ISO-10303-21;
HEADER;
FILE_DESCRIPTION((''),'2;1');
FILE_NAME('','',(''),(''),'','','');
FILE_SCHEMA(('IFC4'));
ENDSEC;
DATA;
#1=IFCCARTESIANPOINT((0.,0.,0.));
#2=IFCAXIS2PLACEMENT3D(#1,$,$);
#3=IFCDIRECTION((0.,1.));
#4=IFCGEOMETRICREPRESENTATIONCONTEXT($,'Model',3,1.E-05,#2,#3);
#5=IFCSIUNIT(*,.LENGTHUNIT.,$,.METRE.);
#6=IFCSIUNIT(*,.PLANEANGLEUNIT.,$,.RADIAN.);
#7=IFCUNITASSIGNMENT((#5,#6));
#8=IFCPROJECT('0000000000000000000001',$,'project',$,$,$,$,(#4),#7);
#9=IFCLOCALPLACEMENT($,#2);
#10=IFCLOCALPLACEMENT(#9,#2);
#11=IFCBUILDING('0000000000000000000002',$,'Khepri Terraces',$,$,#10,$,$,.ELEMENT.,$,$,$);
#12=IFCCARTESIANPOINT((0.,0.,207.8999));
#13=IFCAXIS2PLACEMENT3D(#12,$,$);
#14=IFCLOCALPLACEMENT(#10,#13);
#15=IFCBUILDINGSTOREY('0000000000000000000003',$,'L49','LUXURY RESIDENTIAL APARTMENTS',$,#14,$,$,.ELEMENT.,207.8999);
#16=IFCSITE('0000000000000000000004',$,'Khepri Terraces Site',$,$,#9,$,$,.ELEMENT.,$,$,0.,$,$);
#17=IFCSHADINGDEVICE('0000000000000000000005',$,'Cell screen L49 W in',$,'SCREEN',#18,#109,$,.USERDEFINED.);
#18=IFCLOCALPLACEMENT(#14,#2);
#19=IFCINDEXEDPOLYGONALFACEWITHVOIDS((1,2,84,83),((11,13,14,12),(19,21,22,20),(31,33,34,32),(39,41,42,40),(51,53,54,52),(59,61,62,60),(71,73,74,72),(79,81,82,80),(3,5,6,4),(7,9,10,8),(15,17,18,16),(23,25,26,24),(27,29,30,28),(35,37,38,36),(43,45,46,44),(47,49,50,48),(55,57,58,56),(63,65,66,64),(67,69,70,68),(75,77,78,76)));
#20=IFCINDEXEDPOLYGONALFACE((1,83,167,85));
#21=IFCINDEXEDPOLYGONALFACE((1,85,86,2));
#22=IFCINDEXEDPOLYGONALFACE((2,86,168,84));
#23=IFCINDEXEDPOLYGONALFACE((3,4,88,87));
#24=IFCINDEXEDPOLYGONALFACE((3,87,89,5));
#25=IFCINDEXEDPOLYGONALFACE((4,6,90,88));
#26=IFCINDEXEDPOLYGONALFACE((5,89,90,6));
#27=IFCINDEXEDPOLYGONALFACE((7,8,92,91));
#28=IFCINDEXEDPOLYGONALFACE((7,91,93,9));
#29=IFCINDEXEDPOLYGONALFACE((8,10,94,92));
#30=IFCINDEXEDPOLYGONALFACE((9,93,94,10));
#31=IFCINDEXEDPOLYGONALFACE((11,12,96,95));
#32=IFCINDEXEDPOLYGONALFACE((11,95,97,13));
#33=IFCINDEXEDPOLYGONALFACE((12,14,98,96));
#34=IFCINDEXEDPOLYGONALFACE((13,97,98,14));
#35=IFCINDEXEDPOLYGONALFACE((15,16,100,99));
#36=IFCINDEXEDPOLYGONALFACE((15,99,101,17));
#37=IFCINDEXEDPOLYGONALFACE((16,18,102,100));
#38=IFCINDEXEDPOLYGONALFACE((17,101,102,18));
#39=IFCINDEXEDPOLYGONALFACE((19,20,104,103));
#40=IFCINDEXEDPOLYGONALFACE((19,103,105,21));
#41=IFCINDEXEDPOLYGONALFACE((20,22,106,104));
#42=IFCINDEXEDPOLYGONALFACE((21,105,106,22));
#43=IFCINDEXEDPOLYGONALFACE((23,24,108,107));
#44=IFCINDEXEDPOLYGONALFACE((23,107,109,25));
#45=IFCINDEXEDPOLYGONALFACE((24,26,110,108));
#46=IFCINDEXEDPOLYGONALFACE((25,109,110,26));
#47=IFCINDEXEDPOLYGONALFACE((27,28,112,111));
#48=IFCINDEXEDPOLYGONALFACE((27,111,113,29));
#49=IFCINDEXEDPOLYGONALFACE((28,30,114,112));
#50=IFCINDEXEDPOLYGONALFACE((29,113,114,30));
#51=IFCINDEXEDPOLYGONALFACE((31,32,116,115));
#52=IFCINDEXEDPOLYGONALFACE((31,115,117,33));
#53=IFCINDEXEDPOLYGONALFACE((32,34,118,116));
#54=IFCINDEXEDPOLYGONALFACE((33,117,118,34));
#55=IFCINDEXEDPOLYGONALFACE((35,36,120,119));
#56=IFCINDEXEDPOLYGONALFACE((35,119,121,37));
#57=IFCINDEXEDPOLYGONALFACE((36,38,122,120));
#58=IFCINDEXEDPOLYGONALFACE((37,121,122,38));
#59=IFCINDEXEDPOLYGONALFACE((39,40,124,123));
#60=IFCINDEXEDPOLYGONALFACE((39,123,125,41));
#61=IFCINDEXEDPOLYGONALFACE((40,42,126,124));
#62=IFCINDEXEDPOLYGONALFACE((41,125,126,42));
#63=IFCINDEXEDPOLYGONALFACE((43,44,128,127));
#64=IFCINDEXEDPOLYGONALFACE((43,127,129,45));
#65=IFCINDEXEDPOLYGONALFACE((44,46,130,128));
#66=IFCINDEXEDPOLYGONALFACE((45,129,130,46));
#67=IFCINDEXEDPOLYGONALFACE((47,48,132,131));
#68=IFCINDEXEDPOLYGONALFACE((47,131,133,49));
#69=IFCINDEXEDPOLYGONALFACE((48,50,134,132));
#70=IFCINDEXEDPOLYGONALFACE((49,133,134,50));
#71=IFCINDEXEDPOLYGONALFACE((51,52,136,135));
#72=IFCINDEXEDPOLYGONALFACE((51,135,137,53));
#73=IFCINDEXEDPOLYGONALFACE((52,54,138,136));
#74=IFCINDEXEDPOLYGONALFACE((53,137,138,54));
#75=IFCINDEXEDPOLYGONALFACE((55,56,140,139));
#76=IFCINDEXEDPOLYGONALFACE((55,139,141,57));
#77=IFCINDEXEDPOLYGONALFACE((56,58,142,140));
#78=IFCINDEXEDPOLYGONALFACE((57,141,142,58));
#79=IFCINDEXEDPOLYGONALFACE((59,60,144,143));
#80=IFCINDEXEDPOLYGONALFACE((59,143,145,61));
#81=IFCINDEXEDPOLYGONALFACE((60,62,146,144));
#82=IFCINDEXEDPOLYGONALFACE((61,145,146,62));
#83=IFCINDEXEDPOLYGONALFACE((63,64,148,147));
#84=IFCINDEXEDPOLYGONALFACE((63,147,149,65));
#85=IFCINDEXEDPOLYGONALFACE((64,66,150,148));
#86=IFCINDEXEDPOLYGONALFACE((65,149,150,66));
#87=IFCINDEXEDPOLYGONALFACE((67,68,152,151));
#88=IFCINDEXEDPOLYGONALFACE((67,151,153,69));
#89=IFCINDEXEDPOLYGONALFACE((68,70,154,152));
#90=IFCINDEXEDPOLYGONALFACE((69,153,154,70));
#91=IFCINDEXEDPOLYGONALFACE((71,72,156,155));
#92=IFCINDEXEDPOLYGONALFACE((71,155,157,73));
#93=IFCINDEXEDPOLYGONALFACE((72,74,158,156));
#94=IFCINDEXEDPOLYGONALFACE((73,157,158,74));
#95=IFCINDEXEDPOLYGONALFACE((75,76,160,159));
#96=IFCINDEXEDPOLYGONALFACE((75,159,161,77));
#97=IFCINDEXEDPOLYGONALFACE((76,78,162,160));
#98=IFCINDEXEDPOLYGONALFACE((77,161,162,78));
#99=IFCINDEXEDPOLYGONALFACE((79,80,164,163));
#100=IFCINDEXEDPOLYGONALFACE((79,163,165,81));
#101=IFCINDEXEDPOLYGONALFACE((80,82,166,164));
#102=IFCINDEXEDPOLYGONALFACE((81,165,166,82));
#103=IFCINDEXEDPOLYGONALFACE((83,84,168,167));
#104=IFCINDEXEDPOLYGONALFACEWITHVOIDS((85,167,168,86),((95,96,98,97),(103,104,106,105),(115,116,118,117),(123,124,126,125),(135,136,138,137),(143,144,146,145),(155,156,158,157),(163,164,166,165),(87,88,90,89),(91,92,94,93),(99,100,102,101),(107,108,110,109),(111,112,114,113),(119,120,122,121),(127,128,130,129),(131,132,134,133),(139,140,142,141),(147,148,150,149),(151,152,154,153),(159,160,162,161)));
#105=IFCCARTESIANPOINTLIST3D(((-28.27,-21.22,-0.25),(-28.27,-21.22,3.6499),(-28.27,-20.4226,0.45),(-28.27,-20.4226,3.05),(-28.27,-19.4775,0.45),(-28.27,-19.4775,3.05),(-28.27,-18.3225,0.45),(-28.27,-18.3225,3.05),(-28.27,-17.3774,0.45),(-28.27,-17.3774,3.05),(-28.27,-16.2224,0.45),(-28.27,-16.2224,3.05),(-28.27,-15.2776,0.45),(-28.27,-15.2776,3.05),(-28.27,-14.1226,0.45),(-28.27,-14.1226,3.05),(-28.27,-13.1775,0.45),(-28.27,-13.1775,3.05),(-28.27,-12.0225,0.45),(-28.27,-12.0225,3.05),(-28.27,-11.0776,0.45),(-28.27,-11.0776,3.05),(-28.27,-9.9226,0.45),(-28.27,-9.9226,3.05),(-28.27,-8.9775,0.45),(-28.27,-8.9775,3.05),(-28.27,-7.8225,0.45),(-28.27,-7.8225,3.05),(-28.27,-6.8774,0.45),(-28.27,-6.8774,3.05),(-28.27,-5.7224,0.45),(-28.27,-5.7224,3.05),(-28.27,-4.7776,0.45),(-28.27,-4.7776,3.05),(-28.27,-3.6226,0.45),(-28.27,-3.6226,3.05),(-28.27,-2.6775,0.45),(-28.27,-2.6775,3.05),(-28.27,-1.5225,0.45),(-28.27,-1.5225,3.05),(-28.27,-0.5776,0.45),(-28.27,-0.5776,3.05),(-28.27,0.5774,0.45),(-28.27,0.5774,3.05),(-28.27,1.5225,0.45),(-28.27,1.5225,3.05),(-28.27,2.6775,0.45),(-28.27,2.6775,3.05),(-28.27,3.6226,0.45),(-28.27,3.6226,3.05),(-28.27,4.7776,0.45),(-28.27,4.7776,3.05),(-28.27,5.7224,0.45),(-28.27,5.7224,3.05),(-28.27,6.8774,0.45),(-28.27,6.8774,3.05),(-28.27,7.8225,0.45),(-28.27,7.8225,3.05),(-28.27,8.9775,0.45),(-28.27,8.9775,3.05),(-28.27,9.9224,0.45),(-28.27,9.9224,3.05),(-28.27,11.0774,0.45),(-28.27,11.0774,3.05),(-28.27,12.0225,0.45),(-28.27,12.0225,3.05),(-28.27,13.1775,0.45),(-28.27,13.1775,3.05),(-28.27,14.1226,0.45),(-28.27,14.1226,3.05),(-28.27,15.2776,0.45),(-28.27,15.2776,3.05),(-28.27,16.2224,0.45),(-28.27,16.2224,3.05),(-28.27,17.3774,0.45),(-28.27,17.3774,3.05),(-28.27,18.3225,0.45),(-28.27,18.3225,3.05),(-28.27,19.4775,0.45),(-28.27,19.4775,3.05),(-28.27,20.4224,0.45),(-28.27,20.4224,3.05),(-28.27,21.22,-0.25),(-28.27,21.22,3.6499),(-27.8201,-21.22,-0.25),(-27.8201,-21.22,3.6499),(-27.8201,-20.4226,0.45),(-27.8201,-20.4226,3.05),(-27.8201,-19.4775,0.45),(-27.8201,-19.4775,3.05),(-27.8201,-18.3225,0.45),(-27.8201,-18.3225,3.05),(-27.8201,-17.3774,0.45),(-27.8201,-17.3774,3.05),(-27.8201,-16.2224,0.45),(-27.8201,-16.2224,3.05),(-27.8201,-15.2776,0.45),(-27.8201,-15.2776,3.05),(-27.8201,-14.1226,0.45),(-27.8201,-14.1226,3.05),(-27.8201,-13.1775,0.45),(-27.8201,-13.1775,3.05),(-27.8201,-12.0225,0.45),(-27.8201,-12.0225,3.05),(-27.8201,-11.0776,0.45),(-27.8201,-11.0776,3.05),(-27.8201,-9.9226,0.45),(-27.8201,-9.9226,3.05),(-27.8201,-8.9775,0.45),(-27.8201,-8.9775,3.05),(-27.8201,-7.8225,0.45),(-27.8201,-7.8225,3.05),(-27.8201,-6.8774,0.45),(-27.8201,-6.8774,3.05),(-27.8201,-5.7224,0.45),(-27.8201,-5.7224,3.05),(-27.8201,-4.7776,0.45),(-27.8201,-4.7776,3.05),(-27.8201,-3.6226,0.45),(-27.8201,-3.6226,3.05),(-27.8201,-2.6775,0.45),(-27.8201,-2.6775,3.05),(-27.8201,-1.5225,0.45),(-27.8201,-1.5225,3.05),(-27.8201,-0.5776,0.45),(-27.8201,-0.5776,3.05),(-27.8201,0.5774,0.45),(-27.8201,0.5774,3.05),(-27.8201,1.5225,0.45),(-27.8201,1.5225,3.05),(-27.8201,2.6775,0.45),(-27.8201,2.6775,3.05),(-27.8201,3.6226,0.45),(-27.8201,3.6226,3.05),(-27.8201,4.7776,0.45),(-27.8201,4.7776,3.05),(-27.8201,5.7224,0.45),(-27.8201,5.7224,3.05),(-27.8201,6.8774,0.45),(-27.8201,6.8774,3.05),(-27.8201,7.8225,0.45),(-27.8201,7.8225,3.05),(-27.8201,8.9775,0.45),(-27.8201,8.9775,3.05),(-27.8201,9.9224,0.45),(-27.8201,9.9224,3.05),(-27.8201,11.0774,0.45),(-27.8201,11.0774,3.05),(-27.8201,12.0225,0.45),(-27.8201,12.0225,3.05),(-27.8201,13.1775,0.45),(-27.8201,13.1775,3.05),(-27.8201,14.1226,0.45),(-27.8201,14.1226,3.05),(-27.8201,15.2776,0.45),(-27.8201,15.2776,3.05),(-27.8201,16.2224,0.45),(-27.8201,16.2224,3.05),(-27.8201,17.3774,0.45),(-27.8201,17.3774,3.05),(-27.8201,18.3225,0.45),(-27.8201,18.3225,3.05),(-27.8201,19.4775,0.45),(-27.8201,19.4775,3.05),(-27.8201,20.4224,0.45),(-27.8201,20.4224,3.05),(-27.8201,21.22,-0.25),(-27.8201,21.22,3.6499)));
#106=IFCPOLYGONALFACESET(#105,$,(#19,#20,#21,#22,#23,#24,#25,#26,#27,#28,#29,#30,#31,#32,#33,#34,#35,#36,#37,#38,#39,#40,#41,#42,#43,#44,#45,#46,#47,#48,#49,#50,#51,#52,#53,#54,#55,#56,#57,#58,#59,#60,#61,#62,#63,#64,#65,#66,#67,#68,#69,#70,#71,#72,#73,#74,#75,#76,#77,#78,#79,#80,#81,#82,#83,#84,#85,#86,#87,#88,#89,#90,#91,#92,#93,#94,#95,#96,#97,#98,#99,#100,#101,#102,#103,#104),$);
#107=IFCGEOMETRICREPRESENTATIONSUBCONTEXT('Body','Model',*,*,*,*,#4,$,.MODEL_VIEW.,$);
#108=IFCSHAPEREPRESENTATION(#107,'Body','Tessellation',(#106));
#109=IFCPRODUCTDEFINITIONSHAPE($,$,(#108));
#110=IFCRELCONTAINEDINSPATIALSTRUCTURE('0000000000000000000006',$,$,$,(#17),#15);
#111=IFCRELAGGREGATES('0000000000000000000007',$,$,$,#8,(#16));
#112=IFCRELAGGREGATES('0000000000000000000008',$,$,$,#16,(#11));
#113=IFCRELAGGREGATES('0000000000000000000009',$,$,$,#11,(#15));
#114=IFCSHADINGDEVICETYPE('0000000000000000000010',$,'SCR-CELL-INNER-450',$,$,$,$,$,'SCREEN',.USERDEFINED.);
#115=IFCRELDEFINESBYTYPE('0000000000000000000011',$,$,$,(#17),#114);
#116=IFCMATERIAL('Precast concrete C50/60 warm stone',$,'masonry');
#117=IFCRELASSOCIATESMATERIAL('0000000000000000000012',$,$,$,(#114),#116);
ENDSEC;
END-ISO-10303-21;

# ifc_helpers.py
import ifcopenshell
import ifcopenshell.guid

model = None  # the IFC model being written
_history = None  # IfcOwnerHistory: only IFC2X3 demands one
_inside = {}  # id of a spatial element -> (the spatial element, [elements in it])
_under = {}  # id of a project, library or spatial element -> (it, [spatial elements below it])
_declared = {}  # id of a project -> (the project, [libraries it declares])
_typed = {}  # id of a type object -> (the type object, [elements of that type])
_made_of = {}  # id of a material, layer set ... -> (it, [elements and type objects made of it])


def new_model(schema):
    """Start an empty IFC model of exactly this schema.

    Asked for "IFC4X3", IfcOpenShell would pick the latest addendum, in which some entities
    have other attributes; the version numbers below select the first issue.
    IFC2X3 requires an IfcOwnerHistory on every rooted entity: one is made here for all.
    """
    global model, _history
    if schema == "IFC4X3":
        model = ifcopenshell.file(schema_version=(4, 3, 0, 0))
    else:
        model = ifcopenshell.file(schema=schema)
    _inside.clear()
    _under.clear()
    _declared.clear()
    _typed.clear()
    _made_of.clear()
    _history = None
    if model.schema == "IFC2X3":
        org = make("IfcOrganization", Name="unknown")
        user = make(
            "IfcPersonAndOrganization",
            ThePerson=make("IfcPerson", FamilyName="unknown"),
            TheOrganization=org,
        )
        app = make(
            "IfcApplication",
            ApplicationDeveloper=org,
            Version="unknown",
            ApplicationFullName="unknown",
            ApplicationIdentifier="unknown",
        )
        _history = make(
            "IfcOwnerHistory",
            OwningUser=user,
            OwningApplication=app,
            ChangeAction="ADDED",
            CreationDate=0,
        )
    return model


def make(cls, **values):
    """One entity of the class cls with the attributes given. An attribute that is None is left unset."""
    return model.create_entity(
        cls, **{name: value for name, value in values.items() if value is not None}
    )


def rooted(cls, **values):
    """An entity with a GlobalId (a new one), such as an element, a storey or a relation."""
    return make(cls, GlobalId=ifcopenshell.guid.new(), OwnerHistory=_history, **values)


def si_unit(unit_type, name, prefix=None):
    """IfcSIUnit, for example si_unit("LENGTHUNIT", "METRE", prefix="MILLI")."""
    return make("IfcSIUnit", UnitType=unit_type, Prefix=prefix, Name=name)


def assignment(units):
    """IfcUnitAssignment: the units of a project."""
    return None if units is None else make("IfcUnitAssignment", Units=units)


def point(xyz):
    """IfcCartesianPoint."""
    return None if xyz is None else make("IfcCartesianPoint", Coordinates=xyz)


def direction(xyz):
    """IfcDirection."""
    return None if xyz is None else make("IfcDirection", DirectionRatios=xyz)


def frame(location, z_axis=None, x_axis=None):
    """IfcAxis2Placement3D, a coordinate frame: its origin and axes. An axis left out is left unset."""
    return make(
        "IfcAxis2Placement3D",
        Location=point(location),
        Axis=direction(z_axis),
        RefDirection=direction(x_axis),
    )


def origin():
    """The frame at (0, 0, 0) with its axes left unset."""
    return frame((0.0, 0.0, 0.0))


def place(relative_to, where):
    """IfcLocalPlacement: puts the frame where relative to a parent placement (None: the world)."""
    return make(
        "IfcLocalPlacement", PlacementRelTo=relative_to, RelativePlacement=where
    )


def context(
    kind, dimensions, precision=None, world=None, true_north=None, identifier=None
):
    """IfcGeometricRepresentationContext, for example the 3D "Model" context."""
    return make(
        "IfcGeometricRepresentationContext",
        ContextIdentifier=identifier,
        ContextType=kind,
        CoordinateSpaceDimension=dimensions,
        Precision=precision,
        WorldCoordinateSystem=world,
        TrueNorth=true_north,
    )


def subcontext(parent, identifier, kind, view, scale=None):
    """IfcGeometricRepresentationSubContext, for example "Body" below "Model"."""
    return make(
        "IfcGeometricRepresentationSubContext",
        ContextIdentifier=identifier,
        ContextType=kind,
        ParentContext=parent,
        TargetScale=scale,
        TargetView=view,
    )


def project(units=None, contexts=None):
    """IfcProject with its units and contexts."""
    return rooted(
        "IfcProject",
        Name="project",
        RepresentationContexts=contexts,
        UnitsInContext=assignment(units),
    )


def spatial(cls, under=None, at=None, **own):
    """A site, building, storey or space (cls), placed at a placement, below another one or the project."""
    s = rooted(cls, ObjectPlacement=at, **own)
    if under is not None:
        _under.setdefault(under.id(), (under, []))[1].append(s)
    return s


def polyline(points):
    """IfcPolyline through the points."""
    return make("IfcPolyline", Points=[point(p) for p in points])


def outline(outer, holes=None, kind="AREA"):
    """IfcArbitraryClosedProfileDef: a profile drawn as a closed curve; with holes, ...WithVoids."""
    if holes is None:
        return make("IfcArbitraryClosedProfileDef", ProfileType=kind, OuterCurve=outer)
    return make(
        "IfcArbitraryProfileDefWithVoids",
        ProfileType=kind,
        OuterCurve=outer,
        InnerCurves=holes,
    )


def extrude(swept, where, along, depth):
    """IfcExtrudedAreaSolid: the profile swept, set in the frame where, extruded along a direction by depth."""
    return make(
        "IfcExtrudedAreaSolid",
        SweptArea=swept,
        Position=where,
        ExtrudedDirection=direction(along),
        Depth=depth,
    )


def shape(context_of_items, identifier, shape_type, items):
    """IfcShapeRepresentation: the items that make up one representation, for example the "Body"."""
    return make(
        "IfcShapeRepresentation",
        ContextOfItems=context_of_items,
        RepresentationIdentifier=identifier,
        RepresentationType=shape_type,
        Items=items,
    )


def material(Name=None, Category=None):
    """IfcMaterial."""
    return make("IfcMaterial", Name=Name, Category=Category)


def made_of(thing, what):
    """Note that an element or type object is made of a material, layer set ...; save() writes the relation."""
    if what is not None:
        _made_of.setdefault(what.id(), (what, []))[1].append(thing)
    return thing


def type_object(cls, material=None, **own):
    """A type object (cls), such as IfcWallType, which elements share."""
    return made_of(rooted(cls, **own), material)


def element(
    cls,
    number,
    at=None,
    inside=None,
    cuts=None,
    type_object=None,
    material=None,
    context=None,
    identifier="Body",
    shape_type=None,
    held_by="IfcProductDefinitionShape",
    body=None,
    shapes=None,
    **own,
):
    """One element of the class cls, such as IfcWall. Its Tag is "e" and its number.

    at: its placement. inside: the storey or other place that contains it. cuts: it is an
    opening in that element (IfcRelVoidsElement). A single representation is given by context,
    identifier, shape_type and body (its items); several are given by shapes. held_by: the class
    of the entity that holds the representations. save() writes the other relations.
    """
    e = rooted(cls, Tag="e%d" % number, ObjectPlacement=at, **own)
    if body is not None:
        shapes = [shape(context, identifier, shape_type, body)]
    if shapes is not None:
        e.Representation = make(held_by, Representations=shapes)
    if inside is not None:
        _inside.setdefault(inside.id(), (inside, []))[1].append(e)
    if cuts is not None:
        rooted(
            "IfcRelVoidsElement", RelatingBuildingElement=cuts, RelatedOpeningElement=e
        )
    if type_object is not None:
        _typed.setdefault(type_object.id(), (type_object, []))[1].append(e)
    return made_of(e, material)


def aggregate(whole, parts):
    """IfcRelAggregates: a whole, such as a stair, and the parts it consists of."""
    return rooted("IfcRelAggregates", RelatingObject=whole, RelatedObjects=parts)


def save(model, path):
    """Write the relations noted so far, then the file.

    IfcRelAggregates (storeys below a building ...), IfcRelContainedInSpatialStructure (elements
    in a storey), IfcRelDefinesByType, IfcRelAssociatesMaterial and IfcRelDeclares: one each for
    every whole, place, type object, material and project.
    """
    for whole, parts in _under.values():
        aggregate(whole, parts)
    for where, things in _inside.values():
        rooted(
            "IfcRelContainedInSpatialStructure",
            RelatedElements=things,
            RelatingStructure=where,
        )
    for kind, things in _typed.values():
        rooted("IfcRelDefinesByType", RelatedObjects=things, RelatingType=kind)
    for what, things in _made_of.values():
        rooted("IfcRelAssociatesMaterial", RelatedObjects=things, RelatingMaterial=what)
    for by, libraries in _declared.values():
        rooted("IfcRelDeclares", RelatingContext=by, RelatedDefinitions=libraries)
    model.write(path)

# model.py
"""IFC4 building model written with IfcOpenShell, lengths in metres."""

from ifc_helpers import new_model, si_unit, direction, frame, origin, place, context, subcontext, project, spatial, polyline, outline, extrude, material, type_object, element, save


model = new_model("IFC4")

# Units and contexts
model_context = context("Model", 3, precision=1e-05, world=origin(), true_north=direction((0.0, 1.0)))
body_context = subcontext(model_context, "Body", "Model", "MODEL_VIEW")
ifc_project = project(units=[si_unit("LENGTHUNIT", "METRE"), si_unit("PLANEANGLEUNIT", "RADIAN")], contexts=[model_context])

# Site, building, storey
site_placement = place(None, origin())
site = spatial("IfcSite", under=ifc_project, at=site_placement, Name="Khepri Terraces Site", CompositionType="ELEMENT", RefElevation=0.0)
building_placement = place(site_placement, origin())
building = spatial("IfcBuilding", under=site, at=building_placement, Name="Khepri Terraces", CompositionType="ELEMENT")
storey_placement = place(building_placement, frame((0.0, 0.0, 207.8999)))
storey = spatial("IfcBuildingStorey", under=building, at=storey_placement, Name="L49", Description="LUXURY RESIDENTIAL APARTMENTS", CompositionType="ELEMENT", Elevation=207.8999)

# Shared definitions
ifc_material_1 = material(Name="Precast concrete C50/60 warm stone", Category="masonry")

# Shading device
shading_device_type_1 = type_object("IfcShadingDeviceType", Name="SCR-CELL-INNER-450", ElementType="SCREEN", PredefinedType="USERDEFINED", material=ifc_material_1)
shading_device_1_placement = place(storey_placement, frame((-27.8201, 21.22, -0.25), z_axis=(-1.0, 0.0, 0.0), x_axis=(0.0, -1.0, 0.0)))
element("IfcShadingDevice", 1, at=shading_device_1_placement, inside=storey, type_object=shading_device_type_1, Name="Cell screen L49 W in", ObjectType="SCREEN", PredefinedType="USERDEFINED", context=body_context, shape_type="SweptSolid", body=[
    extrude(outline(polyline([(0.0, 0.0), (42.4399, 0.0), (42.4399, 3.8999), (0.0, 3.8999), (0.0, 0.0)]), holes=[polyline([(0.7976, 0.7), (1.7424, 0.7), (1.7424, 3.3), (0.7976, 3.3), (0.7976, 0.7)]), polyline([(2.8975, 0.7), (3.8425, 0.7), (3.8425, 3.3), (2.8975, 3.3), (2.8975, 0.7)]), polyline([(4.9976, 0.7), (5.9424, 0.7), (5.9424, 3.3), (4.9976, 3.3), (4.9976, 0.7)]), polyline([(7.0974, 0.7), (8.0425, 0.7), (8.0425, 3.3), (7.0974, 3.3), (7.0974, 0.7)]), polyline([(9.1975, 0.7), (10.1426, 0.7), (10.1426, 3.3), (9.1975, 3.3), (9.1975, 0.7)]), polyline([(11.2976, 0.7), (12.2424, 0.7), (12.2424, 3.3), (11.2976, 3.3), (11.2976, 0.7)]), polyline([(13.3975, 0.7), (14.3425, 0.7), (14.3425, 3.3), (13.3975, 3.3), (13.3975, 0.7)]), polyline([(15.4976, 0.7), (16.4424, 0.7), (16.4424, 3.3), (15.4976, 3.3), (15.4976, 0.7)]), polyline([(17.5974, 0.7), (18.5425, 0.7), (18.5425, 3.3), (17.5974, 3.3), (17.5974, 0.7)]), polyline([(19.6975, 0.7), (20.6426, 0.7), (20.6426, 3.3), (19.6975, 3.3), (19.6975, 0.7)]), polyline([(21.7976, 0.7), (22.7424, 0.7), (22.7424, 3.3), (21.7976, 3.3), (21.7976, 0.7)]), polyline([(23.8975, 0.7), (24.8425, 0.7), (24.8425, 3.3), (23.8975, 3.3), (23.8975, 0.7)]), polyline([(25.9976, 0.7), (26.9424, 0.7), (26.9424, 3.3), (25.9976, 3.3), (25.9976, 0.7)]), polyline([(28.0974, 0.7), (29.0425, 0.7), (29.0425, 3.3), (28.0974, 3.3), (28.0974, 0.7)]), polyline([(30.1975, 0.7), (31.1426, 0.7), (31.1426, 3.3), (30.1975, 3.3), (30.1975, 0.7)]), polyline([(32.2976, 0.7), (33.2424, 0.7), (33.2424, 3.3), (32.2976, 3.3), (32.2976, 0.7)]), polyline([(34.3975, 0.7), (35.3425, 0.7), (35.3425, 3.3), (34.3975, 3.3), (34.3975, 0.7)]), polyline([(36.4976, 0.7), (37.4424, 0.7), (37.4424, 3.3), (36.4976, 3.3), (36.4976, 0.7)]), polyline([(38.5974, 0.7), (39.5425, 0.7), (39.5425, 3.3), (38.5974, 3.3), (38.5974, 0.7)]), polyline([(40.6975, 0.7), (41.6426, 0.7), (41.6426, 3.3), (40.6975, 3.3), (40.6975, 0.7)])]), origin(), (0.0, 0.0, 1.0), 0.45),
])

save(model, "model.ifc")
